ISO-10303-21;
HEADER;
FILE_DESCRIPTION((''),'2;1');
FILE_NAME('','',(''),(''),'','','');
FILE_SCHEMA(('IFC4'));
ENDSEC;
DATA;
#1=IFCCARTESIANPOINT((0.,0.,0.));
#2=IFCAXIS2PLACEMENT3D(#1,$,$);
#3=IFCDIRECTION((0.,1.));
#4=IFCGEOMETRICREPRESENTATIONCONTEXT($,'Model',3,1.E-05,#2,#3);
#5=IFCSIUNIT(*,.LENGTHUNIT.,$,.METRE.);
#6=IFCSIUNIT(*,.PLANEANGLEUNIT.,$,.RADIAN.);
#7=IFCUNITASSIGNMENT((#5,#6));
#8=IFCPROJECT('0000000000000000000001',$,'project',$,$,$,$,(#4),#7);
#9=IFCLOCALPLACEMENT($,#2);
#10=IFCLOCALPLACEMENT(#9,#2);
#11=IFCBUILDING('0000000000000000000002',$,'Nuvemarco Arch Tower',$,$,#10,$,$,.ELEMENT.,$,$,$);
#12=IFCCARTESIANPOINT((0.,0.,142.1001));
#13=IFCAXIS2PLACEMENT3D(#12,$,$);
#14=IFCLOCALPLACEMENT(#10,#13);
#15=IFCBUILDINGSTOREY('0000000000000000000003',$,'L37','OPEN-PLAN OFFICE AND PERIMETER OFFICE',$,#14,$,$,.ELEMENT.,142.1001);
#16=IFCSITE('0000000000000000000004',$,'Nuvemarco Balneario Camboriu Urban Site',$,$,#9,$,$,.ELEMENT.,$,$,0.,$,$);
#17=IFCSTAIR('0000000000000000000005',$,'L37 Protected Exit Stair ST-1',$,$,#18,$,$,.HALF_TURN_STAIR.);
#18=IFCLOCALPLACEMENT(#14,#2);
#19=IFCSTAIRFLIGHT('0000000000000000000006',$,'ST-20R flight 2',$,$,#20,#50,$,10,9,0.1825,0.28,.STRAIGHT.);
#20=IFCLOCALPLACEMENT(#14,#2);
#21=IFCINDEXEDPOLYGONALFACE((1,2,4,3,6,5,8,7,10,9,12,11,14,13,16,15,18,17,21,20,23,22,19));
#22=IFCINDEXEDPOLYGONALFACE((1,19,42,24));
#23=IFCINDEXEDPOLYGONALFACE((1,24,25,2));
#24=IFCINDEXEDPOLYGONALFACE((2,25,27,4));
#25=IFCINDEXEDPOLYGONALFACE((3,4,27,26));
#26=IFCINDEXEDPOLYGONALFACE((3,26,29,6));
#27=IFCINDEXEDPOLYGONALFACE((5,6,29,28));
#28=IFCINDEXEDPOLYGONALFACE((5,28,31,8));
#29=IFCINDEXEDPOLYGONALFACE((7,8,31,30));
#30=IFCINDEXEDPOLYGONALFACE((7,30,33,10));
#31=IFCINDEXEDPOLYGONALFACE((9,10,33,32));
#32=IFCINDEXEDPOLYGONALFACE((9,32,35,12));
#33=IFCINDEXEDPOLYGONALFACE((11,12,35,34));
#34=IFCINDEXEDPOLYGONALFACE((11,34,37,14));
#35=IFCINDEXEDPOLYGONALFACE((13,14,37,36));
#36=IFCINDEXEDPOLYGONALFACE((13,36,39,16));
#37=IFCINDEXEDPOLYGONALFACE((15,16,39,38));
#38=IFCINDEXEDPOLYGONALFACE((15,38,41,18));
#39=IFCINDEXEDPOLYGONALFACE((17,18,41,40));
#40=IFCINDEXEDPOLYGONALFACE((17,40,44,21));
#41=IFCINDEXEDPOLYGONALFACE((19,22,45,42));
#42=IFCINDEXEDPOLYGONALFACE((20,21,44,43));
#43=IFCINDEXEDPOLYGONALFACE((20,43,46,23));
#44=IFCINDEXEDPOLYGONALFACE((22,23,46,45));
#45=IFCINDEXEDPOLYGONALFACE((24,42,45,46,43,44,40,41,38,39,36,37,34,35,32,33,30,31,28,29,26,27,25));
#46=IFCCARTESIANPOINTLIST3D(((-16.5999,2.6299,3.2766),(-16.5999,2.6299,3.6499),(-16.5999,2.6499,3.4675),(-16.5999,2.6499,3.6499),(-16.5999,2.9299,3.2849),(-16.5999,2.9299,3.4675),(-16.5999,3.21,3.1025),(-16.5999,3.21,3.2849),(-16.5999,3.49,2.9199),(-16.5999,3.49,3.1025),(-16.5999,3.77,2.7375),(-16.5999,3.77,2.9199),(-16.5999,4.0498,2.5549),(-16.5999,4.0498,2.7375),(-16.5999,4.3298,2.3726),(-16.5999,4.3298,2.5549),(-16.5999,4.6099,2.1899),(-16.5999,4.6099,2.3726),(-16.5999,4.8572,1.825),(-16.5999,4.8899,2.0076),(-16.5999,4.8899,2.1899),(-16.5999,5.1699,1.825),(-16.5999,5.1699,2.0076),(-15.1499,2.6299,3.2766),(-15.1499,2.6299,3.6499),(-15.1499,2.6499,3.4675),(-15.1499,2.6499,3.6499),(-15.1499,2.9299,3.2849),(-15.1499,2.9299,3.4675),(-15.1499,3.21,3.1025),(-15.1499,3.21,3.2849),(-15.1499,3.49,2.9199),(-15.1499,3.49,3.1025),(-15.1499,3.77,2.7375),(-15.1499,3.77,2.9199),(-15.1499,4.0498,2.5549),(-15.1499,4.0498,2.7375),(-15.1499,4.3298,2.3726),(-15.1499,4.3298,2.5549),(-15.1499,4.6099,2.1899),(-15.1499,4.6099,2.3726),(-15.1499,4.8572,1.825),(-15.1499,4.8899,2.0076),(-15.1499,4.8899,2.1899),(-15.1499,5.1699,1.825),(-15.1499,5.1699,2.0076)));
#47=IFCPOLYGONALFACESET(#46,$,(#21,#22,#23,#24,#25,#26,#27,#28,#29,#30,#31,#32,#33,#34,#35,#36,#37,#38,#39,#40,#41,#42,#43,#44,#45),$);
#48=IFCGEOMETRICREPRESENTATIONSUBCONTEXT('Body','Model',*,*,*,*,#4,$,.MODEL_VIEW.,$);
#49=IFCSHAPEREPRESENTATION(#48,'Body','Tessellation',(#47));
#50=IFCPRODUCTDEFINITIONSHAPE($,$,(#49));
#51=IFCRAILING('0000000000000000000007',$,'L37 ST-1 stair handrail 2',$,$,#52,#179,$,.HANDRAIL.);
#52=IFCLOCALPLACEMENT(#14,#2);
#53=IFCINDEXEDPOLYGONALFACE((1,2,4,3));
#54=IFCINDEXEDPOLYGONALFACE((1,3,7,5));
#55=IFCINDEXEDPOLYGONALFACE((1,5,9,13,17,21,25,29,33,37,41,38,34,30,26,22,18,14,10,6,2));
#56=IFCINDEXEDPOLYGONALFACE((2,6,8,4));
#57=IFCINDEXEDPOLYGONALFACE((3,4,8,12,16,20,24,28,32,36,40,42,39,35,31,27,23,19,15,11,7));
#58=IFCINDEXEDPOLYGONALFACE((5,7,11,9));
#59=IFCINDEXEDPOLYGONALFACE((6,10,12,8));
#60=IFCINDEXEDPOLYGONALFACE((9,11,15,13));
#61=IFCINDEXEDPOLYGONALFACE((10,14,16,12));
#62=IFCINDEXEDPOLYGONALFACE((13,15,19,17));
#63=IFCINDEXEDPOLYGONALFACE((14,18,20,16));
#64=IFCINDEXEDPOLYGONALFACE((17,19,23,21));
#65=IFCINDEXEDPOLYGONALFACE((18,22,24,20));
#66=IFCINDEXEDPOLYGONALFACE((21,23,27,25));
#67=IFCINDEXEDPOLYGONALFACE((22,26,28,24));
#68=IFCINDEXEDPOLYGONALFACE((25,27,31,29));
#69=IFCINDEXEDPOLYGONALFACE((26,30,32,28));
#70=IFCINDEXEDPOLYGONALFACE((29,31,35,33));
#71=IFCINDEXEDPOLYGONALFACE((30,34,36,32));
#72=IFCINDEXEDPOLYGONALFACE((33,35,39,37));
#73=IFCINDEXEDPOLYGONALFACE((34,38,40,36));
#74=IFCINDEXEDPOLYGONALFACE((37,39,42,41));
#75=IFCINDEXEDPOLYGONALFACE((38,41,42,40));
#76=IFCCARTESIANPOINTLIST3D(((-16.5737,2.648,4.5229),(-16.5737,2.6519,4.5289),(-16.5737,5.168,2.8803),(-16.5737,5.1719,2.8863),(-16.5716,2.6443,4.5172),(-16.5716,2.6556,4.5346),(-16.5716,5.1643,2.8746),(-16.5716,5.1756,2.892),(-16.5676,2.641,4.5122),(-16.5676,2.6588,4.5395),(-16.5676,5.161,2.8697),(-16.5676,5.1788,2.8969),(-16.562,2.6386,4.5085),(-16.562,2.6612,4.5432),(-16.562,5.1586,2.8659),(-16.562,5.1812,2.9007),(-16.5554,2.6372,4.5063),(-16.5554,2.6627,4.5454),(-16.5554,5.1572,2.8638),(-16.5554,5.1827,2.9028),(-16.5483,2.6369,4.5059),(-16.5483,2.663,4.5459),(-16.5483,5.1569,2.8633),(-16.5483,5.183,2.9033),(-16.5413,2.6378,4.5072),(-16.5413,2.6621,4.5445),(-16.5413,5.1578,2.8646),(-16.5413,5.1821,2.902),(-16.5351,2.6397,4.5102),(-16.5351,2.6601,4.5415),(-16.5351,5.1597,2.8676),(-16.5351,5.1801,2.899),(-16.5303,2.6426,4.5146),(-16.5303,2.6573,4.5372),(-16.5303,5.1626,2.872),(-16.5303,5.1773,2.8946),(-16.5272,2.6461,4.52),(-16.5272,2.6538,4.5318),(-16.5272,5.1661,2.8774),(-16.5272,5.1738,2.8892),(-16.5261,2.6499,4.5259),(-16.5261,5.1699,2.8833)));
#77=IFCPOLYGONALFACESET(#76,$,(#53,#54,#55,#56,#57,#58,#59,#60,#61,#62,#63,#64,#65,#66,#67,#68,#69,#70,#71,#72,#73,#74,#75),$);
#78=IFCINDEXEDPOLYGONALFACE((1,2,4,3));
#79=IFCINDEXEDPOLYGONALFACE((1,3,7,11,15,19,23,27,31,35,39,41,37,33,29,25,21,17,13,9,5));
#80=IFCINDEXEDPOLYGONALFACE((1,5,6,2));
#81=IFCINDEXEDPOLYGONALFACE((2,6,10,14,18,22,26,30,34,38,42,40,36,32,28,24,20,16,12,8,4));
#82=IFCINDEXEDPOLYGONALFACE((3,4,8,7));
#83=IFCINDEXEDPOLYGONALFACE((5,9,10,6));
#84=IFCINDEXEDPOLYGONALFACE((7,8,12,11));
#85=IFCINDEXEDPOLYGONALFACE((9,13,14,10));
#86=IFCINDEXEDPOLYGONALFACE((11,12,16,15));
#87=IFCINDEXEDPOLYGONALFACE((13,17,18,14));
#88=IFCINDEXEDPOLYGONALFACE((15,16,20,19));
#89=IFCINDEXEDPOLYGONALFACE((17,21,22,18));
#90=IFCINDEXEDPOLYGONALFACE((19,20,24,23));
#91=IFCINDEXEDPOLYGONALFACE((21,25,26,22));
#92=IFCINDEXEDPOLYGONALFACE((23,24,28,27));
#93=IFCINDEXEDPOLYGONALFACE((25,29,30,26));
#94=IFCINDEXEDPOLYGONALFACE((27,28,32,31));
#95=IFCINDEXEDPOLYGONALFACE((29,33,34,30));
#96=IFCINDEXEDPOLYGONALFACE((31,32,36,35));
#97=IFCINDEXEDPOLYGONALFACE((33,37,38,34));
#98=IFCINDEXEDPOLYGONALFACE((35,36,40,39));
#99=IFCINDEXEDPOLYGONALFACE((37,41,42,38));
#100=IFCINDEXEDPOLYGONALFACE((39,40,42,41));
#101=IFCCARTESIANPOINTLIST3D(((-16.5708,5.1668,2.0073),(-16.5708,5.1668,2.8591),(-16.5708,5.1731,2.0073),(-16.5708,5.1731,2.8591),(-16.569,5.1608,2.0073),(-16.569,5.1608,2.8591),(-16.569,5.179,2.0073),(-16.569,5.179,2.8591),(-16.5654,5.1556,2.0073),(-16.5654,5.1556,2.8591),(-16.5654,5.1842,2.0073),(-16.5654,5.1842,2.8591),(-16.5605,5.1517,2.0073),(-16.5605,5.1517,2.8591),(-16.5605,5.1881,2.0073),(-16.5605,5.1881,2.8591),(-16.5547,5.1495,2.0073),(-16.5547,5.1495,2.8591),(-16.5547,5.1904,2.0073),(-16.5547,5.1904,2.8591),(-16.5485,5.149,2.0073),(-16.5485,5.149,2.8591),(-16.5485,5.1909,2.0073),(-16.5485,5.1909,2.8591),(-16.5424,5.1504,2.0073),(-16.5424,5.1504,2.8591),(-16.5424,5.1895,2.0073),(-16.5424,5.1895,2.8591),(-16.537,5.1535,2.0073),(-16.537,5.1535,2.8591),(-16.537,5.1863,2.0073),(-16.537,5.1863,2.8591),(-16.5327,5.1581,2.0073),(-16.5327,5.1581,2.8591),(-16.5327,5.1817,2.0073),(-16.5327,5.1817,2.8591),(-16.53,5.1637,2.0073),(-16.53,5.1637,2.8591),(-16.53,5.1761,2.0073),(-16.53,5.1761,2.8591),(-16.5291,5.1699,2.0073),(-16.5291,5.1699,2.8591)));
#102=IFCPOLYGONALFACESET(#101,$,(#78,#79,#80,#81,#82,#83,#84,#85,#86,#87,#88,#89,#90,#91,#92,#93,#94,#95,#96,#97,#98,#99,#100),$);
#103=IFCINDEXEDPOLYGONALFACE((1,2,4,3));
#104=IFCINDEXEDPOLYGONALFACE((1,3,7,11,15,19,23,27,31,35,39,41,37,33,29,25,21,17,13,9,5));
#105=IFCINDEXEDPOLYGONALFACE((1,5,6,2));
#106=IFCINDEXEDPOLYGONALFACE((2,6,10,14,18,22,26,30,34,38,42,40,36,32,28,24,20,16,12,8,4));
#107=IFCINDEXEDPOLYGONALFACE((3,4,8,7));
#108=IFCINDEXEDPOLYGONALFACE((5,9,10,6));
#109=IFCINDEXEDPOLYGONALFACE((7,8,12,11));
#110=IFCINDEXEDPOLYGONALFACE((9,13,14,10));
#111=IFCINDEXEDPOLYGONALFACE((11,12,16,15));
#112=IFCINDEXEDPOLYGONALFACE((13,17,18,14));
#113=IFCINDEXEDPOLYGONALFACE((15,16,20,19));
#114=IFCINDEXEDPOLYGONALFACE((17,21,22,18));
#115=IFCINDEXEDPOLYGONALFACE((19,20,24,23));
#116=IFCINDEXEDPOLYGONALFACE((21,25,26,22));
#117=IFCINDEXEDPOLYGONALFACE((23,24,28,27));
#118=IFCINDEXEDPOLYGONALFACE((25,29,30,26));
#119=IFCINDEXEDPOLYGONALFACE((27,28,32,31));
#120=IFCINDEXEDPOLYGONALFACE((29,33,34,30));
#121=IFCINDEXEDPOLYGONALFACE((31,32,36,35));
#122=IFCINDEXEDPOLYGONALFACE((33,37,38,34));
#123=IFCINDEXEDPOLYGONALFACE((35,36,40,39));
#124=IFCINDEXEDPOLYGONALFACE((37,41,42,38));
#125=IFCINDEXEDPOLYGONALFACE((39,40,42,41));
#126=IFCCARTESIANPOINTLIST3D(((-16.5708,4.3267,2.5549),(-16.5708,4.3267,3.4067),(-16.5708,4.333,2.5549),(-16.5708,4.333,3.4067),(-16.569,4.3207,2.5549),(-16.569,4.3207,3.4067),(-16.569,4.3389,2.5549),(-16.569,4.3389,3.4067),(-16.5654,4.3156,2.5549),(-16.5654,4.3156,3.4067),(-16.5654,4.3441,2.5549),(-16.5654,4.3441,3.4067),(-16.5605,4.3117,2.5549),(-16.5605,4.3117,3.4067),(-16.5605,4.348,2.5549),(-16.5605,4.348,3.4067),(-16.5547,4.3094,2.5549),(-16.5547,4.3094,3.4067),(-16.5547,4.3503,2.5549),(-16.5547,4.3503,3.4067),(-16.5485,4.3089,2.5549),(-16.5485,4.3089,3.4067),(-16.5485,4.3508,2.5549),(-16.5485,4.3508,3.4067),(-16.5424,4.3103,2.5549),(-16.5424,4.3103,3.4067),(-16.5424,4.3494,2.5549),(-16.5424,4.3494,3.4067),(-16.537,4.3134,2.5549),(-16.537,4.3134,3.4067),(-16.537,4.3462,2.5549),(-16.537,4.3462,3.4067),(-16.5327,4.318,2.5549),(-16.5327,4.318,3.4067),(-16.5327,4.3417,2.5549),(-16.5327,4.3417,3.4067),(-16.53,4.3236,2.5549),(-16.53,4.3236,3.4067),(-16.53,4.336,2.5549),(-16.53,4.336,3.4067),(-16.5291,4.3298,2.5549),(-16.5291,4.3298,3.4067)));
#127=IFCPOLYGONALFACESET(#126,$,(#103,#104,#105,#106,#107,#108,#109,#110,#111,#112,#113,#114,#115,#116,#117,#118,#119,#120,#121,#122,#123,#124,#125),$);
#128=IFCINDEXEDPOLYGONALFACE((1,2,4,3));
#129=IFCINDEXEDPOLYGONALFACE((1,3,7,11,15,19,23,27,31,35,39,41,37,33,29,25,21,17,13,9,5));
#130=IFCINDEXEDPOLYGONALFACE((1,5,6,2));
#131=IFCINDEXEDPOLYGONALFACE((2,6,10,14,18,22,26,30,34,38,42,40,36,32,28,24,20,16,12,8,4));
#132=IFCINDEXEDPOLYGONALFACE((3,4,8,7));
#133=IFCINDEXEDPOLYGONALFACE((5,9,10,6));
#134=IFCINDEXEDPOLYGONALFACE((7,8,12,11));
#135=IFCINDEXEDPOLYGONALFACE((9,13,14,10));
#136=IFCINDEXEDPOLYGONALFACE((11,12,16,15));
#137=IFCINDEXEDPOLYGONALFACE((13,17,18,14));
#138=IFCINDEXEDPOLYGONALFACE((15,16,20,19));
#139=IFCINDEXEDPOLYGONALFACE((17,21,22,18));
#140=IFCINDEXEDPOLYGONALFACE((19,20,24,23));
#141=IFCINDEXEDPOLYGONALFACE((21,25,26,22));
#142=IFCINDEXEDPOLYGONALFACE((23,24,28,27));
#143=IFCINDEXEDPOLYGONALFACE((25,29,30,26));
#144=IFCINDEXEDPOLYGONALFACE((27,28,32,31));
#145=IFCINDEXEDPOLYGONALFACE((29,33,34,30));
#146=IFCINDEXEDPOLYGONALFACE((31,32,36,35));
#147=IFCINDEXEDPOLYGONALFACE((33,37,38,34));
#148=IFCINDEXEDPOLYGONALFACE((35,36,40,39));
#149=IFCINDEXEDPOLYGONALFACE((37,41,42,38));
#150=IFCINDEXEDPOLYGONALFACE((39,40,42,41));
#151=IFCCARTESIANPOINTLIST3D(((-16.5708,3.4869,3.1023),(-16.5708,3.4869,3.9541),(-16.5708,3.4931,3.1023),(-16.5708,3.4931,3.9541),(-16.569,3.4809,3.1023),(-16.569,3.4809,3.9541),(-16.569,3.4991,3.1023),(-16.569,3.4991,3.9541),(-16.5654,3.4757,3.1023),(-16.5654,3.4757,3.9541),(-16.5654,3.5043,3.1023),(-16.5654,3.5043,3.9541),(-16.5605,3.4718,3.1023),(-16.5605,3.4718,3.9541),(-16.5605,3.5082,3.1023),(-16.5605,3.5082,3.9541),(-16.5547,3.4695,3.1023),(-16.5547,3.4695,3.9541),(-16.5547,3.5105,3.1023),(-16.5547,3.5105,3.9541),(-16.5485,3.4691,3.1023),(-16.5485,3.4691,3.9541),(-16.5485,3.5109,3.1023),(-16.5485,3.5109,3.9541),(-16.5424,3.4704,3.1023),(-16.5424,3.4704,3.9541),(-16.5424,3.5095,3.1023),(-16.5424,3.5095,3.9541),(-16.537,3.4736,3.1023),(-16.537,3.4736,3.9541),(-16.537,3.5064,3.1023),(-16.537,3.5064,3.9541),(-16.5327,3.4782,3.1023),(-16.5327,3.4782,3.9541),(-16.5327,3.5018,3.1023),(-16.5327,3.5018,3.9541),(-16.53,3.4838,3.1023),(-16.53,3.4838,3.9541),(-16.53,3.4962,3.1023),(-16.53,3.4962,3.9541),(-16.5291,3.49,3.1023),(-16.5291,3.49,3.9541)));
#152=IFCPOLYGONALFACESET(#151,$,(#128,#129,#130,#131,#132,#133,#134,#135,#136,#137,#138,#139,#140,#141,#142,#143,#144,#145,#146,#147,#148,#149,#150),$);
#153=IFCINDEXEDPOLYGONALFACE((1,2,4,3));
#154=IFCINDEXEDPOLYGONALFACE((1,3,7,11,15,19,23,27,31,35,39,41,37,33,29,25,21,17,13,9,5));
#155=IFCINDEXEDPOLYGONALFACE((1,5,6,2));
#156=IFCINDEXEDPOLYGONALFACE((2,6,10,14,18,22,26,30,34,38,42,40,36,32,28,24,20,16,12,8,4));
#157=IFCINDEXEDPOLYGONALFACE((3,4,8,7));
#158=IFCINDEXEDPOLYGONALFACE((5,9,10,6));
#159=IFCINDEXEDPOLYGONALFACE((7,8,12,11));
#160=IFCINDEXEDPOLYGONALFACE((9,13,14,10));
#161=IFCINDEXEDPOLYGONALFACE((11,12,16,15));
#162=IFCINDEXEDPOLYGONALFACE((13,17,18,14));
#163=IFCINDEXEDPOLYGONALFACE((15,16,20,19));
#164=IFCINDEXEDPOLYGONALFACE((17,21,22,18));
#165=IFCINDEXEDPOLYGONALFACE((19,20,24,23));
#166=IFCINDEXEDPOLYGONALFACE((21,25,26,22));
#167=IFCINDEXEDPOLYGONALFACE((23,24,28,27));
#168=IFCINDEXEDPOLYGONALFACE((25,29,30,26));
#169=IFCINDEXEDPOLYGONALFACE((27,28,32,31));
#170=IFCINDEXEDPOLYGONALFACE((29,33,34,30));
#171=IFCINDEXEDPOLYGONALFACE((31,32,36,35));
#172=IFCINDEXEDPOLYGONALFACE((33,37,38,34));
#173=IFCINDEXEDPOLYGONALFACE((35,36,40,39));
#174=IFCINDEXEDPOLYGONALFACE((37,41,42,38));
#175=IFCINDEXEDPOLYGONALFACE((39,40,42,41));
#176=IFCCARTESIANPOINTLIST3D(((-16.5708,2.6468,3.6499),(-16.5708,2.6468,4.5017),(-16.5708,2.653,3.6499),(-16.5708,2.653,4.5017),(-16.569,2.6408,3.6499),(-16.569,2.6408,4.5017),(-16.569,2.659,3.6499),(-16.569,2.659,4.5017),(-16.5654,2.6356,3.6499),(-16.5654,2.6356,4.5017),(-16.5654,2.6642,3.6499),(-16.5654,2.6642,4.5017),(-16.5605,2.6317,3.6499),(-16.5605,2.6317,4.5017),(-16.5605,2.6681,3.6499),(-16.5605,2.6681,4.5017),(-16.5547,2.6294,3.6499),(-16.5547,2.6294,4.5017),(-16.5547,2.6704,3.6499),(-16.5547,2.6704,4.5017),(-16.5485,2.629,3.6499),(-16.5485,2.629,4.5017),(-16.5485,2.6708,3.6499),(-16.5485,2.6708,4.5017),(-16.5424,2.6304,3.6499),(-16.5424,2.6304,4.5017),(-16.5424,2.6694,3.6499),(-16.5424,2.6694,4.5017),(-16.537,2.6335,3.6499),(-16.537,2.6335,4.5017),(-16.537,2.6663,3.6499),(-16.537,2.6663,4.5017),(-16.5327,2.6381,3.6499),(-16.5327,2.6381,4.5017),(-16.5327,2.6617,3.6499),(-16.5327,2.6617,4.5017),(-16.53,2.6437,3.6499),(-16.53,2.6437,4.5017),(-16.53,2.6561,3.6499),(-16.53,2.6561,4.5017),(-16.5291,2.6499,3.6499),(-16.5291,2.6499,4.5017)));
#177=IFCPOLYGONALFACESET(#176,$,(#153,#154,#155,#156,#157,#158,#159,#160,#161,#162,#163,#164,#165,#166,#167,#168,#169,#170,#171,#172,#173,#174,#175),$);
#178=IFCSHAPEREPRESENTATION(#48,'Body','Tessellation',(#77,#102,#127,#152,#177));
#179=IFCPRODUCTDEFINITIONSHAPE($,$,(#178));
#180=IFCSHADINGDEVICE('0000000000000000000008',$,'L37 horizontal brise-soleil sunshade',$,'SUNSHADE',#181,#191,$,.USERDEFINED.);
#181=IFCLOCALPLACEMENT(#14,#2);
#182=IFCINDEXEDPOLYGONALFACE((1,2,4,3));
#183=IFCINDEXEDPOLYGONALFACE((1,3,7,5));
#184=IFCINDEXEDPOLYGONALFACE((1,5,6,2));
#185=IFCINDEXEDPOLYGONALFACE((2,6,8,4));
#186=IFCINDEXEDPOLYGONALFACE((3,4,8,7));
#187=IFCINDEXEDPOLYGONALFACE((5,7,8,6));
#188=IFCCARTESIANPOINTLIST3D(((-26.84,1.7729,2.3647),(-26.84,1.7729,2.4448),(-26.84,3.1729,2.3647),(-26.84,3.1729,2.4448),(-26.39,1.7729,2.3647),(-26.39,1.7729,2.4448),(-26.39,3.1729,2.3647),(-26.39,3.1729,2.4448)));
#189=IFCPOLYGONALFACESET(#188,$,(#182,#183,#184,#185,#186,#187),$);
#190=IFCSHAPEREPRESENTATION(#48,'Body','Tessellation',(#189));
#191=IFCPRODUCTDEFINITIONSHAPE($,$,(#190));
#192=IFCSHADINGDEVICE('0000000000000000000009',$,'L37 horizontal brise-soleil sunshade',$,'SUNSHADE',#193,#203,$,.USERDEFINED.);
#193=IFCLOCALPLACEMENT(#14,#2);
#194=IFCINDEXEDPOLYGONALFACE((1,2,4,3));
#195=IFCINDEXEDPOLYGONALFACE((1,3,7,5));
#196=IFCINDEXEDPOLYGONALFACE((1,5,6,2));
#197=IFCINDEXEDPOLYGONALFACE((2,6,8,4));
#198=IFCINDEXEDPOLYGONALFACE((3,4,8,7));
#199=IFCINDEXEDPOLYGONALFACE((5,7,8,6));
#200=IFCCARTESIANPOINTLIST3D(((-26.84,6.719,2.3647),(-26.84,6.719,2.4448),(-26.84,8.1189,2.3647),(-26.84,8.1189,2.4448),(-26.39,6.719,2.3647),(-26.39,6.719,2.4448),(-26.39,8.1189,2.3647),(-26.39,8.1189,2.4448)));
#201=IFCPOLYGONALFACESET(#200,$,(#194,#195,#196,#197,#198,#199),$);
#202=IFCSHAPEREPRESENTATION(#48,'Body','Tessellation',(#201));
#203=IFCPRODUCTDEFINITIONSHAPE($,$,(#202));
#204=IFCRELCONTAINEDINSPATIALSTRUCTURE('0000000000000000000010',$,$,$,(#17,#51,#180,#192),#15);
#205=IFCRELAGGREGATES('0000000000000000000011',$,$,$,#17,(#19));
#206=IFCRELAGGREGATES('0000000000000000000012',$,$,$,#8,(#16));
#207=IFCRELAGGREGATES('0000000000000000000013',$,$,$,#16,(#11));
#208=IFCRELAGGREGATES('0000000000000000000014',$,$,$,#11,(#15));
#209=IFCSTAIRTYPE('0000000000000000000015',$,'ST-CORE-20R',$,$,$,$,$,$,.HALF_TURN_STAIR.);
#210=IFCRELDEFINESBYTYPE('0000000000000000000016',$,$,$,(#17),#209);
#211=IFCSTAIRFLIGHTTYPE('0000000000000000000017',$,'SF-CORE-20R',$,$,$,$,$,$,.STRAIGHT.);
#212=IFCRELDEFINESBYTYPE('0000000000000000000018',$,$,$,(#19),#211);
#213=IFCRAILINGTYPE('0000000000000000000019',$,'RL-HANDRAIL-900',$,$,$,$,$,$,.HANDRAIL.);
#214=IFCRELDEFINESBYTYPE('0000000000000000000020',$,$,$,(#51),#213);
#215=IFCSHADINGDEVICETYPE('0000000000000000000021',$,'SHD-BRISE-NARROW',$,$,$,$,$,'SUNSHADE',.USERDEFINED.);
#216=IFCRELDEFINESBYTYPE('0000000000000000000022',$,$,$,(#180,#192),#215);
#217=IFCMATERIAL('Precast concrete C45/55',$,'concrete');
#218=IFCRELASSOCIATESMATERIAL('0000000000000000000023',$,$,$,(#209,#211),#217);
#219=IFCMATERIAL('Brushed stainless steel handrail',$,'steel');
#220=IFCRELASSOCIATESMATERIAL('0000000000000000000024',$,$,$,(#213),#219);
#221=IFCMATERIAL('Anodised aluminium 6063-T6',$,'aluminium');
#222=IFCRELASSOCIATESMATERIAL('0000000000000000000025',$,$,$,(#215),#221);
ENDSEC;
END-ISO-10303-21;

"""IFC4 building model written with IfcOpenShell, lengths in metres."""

from ifc_helpers import new_model, si_unit, direction, frame, origin, origin_2d, place, context, subcontext, project, spatial, polyline, rectangle, circle, outline, extrude, source, transform, mapped, material, type_object, type_shapes, element, aggregate, save


model = new_model("IFC4")

# Units and contexts
model_context = context("Model", 3, precision=1e-05, world=origin(), true_north=direction((0.0, 1.0)))
body_context = subcontext(model_context, "Body", "Model", "MODEL_VIEW")
ifc_project = project(units=[si_unit("LENGTHUNIT", "METRE"), si_unit("PLANEANGLEUNIT", "RADIAN")], contexts=[model_context])

# Site, building, storey
site_placement = place(None, origin())
site = spatial("IfcSite", under=ifc_project, at=site_placement, Name="Nuvemarco Balneario Camboriu Urban Site", CompositionType="ELEMENT", RefElevation=0.0)
building_placement = place(site_placement, origin())
building = spatial("IfcBuilding", under=site, at=building_placement, Name="Nuvemarco Arch Tower", CompositionType="ELEMENT")
storey_placement = place(building_placement, frame((0.0, 0.0, 142.1001)))
storey = spatial("IfcBuildingStorey", under=building, at=storey_placement, Name="L37", Description="OPEN-PLAN OFFICE AND PERIMETER OFFICE", CompositionType="ELEMENT", Elevation=142.1001)

# Shared definitions
ifc_material_1 = material(Name="Precast concrete C45/55", Category="concrete")

# Stair, stair flight
stair_type = type_object("IfcStairType", Name="ST-CORE-20R", PredefinedType="HALF_TURN_STAIR", material=ifc_material_1)
stair_placement = place(storey_placement, origin())
stair = element("IfcStair", 1, at=stair_placement, inside=storey, type_object=stair_type, Name="L37 Protected Exit Stair ST-1", PredefinedType="HALF_TURN_STAIR")
stair_flight_type = type_object("IfcStairFlightType", Name="SF-CORE-20R", PredefinedType="STRAIGHT", material=ifc_material_1)
stair_flight_placement = place(storey_placement, frame((-15.875, 5.1699, 1.825), z_axis=(0.0, 0.0, 1.0), x_axis=(0.0, -1.0, 0.0)))
stair_flight = element("IfcStairFlight", 2, at=stair_flight_placement, type_object=stair_flight_type, Name="ST-20R flight 2", NumberOfRisers=10, NumberOfTreads=9, PredefinedType="STRAIGHT", RiserHeight=0.1825, TreadLength=0.28, context=body_context, shape_type="SweptSolid", body=[
    extrude(outline(polyline([(0.0, 0.0), (0.0, 0.1826), (0.28, 0.1826), (0.28, 0.365), (0.5601, 0.365), (0.5601, 0.5476), (0.8401, 0.5476), (0.8401, 0.73), (1.1201, 0.73), (1.1201, 0.9126), (1.3999, 0.9126), (1.3999, 1.095), (1.6799, 1.095), (1.6799, 1.2776), (1.96, 1.2776), (1.96, 1.46), (2.24, 1.46), (2.24, 1.6426), (2.52, 1.6426), (2.52, 1.825), (2.54, 1.825), (2.54, 1.4517), (0.3127, 0.0), (0.0, 0.0)])), frame((0.0, 0.7251, 0.0), z_axis=(0.0, -1.0, 0.0), x_axis=(1.0, 0.0, 0.0)), (0.0, 0.0, 1.0), 1.45),
])
aggregate(stair, [stair_flight])

# Railing
ifc_material_2 = material(Name="Brushed stainless steel handrail", Category="steel")
railing_type = type_object("IfcRailingType", Name="RL-HANDRAIL-900", PredefinedType="HANDRAIL", material=ifc_material_2)
railing_placement = place(storey_placement, frame((-16.55, 5.1699, 2.0073)))
element("IfcRailing", 3, at=railing_placement, inside=storey, type_object=railing_type, Name="L37 ST-1 stair handrail 2", PredefinedType="HANDRAIL", context=body_context, shape_type="SweptSolid", body=[
    extrude(circle(Radius=0.0239, at=origin_2d()), frame((0.0, 0.0, 0.876), z_axis=(0.0, -0.837749, 0.546055), x_axis=(1.0, 0.0, 0.0)), (0.0, 0.0, 1.0), 3.0081),
    extrude(circle(Radius=0.021, at=origin_2d()), origin(), (0.0, 0.0, 1.0), 0.8518),
    extrude(circle(Radius=0.021, at=origin_2d()), frame((0.0, -0.8401, 0.5476)), (0.0, 0.0, 1.0), 0.8518),
    extrude(circle(Radius=0.021, at=origin_2d()), frame((0.0, -1.6799, 1.095)), (0.0, 0.0, 1.0), 0.8518),
    extrude(circle(Radius=0.021, at=origin_2d()), frame((0.0, -2.52, 1.6426)), (0.0, 0.0, 1.0), 0.8518),
])

# Shading devices
ifc_material_3 = material(Name="Anodised aluminium 6063-T6", Category="aluminium")
shading_device_type = type_object("IfcShadingDeviceType", Name="SHD-BRISE-NARROW", ElementType="SUNSHADE", PredefinedType="USERDEFINED", material=ifc_material_3)
shared_shape = source(origin(), body_context, "Body", "SweptSolid", [
    extrude(rectangle(XDim=1.3999, YDim=0.45, at=origin_2d()), origin(), (0.0, 0.0, 1.0), 0.0801),
])
type_shapes(shading_device_type, [shared_shape])
for number, where, z_axis, x_axis, name in (
    (4, (-26.615, 2.4729, 2.3647), (0.0, 0.0, 1.0), (0.0, 1.0, 0.0), "L37 horizontal brise-soleil sunshade"),
    (5, (-26.615, 7.4189, 2.3647), (0.0, 0.0, 1.0), (0.0, 1.0, 0.0), "L37 horizontal brise-soleil sunshade"),
):
    element("IfcShadingDevice", number, at=place(storey_placement, frame(where, z_axis=z_axis, x_axis=x_axis)), inside=storey, type_object=shading_device_type, Name=name, ObjectType="SUNSHADE", PredefinedType="USERDEFINED", context=body_context, shape_type="MappedRepresentation", body=[
        mapped(shared_shape, transform((0.0, 0.0, 0.0), scale=1.0)),
    ])

save(model, "model.ifc")
